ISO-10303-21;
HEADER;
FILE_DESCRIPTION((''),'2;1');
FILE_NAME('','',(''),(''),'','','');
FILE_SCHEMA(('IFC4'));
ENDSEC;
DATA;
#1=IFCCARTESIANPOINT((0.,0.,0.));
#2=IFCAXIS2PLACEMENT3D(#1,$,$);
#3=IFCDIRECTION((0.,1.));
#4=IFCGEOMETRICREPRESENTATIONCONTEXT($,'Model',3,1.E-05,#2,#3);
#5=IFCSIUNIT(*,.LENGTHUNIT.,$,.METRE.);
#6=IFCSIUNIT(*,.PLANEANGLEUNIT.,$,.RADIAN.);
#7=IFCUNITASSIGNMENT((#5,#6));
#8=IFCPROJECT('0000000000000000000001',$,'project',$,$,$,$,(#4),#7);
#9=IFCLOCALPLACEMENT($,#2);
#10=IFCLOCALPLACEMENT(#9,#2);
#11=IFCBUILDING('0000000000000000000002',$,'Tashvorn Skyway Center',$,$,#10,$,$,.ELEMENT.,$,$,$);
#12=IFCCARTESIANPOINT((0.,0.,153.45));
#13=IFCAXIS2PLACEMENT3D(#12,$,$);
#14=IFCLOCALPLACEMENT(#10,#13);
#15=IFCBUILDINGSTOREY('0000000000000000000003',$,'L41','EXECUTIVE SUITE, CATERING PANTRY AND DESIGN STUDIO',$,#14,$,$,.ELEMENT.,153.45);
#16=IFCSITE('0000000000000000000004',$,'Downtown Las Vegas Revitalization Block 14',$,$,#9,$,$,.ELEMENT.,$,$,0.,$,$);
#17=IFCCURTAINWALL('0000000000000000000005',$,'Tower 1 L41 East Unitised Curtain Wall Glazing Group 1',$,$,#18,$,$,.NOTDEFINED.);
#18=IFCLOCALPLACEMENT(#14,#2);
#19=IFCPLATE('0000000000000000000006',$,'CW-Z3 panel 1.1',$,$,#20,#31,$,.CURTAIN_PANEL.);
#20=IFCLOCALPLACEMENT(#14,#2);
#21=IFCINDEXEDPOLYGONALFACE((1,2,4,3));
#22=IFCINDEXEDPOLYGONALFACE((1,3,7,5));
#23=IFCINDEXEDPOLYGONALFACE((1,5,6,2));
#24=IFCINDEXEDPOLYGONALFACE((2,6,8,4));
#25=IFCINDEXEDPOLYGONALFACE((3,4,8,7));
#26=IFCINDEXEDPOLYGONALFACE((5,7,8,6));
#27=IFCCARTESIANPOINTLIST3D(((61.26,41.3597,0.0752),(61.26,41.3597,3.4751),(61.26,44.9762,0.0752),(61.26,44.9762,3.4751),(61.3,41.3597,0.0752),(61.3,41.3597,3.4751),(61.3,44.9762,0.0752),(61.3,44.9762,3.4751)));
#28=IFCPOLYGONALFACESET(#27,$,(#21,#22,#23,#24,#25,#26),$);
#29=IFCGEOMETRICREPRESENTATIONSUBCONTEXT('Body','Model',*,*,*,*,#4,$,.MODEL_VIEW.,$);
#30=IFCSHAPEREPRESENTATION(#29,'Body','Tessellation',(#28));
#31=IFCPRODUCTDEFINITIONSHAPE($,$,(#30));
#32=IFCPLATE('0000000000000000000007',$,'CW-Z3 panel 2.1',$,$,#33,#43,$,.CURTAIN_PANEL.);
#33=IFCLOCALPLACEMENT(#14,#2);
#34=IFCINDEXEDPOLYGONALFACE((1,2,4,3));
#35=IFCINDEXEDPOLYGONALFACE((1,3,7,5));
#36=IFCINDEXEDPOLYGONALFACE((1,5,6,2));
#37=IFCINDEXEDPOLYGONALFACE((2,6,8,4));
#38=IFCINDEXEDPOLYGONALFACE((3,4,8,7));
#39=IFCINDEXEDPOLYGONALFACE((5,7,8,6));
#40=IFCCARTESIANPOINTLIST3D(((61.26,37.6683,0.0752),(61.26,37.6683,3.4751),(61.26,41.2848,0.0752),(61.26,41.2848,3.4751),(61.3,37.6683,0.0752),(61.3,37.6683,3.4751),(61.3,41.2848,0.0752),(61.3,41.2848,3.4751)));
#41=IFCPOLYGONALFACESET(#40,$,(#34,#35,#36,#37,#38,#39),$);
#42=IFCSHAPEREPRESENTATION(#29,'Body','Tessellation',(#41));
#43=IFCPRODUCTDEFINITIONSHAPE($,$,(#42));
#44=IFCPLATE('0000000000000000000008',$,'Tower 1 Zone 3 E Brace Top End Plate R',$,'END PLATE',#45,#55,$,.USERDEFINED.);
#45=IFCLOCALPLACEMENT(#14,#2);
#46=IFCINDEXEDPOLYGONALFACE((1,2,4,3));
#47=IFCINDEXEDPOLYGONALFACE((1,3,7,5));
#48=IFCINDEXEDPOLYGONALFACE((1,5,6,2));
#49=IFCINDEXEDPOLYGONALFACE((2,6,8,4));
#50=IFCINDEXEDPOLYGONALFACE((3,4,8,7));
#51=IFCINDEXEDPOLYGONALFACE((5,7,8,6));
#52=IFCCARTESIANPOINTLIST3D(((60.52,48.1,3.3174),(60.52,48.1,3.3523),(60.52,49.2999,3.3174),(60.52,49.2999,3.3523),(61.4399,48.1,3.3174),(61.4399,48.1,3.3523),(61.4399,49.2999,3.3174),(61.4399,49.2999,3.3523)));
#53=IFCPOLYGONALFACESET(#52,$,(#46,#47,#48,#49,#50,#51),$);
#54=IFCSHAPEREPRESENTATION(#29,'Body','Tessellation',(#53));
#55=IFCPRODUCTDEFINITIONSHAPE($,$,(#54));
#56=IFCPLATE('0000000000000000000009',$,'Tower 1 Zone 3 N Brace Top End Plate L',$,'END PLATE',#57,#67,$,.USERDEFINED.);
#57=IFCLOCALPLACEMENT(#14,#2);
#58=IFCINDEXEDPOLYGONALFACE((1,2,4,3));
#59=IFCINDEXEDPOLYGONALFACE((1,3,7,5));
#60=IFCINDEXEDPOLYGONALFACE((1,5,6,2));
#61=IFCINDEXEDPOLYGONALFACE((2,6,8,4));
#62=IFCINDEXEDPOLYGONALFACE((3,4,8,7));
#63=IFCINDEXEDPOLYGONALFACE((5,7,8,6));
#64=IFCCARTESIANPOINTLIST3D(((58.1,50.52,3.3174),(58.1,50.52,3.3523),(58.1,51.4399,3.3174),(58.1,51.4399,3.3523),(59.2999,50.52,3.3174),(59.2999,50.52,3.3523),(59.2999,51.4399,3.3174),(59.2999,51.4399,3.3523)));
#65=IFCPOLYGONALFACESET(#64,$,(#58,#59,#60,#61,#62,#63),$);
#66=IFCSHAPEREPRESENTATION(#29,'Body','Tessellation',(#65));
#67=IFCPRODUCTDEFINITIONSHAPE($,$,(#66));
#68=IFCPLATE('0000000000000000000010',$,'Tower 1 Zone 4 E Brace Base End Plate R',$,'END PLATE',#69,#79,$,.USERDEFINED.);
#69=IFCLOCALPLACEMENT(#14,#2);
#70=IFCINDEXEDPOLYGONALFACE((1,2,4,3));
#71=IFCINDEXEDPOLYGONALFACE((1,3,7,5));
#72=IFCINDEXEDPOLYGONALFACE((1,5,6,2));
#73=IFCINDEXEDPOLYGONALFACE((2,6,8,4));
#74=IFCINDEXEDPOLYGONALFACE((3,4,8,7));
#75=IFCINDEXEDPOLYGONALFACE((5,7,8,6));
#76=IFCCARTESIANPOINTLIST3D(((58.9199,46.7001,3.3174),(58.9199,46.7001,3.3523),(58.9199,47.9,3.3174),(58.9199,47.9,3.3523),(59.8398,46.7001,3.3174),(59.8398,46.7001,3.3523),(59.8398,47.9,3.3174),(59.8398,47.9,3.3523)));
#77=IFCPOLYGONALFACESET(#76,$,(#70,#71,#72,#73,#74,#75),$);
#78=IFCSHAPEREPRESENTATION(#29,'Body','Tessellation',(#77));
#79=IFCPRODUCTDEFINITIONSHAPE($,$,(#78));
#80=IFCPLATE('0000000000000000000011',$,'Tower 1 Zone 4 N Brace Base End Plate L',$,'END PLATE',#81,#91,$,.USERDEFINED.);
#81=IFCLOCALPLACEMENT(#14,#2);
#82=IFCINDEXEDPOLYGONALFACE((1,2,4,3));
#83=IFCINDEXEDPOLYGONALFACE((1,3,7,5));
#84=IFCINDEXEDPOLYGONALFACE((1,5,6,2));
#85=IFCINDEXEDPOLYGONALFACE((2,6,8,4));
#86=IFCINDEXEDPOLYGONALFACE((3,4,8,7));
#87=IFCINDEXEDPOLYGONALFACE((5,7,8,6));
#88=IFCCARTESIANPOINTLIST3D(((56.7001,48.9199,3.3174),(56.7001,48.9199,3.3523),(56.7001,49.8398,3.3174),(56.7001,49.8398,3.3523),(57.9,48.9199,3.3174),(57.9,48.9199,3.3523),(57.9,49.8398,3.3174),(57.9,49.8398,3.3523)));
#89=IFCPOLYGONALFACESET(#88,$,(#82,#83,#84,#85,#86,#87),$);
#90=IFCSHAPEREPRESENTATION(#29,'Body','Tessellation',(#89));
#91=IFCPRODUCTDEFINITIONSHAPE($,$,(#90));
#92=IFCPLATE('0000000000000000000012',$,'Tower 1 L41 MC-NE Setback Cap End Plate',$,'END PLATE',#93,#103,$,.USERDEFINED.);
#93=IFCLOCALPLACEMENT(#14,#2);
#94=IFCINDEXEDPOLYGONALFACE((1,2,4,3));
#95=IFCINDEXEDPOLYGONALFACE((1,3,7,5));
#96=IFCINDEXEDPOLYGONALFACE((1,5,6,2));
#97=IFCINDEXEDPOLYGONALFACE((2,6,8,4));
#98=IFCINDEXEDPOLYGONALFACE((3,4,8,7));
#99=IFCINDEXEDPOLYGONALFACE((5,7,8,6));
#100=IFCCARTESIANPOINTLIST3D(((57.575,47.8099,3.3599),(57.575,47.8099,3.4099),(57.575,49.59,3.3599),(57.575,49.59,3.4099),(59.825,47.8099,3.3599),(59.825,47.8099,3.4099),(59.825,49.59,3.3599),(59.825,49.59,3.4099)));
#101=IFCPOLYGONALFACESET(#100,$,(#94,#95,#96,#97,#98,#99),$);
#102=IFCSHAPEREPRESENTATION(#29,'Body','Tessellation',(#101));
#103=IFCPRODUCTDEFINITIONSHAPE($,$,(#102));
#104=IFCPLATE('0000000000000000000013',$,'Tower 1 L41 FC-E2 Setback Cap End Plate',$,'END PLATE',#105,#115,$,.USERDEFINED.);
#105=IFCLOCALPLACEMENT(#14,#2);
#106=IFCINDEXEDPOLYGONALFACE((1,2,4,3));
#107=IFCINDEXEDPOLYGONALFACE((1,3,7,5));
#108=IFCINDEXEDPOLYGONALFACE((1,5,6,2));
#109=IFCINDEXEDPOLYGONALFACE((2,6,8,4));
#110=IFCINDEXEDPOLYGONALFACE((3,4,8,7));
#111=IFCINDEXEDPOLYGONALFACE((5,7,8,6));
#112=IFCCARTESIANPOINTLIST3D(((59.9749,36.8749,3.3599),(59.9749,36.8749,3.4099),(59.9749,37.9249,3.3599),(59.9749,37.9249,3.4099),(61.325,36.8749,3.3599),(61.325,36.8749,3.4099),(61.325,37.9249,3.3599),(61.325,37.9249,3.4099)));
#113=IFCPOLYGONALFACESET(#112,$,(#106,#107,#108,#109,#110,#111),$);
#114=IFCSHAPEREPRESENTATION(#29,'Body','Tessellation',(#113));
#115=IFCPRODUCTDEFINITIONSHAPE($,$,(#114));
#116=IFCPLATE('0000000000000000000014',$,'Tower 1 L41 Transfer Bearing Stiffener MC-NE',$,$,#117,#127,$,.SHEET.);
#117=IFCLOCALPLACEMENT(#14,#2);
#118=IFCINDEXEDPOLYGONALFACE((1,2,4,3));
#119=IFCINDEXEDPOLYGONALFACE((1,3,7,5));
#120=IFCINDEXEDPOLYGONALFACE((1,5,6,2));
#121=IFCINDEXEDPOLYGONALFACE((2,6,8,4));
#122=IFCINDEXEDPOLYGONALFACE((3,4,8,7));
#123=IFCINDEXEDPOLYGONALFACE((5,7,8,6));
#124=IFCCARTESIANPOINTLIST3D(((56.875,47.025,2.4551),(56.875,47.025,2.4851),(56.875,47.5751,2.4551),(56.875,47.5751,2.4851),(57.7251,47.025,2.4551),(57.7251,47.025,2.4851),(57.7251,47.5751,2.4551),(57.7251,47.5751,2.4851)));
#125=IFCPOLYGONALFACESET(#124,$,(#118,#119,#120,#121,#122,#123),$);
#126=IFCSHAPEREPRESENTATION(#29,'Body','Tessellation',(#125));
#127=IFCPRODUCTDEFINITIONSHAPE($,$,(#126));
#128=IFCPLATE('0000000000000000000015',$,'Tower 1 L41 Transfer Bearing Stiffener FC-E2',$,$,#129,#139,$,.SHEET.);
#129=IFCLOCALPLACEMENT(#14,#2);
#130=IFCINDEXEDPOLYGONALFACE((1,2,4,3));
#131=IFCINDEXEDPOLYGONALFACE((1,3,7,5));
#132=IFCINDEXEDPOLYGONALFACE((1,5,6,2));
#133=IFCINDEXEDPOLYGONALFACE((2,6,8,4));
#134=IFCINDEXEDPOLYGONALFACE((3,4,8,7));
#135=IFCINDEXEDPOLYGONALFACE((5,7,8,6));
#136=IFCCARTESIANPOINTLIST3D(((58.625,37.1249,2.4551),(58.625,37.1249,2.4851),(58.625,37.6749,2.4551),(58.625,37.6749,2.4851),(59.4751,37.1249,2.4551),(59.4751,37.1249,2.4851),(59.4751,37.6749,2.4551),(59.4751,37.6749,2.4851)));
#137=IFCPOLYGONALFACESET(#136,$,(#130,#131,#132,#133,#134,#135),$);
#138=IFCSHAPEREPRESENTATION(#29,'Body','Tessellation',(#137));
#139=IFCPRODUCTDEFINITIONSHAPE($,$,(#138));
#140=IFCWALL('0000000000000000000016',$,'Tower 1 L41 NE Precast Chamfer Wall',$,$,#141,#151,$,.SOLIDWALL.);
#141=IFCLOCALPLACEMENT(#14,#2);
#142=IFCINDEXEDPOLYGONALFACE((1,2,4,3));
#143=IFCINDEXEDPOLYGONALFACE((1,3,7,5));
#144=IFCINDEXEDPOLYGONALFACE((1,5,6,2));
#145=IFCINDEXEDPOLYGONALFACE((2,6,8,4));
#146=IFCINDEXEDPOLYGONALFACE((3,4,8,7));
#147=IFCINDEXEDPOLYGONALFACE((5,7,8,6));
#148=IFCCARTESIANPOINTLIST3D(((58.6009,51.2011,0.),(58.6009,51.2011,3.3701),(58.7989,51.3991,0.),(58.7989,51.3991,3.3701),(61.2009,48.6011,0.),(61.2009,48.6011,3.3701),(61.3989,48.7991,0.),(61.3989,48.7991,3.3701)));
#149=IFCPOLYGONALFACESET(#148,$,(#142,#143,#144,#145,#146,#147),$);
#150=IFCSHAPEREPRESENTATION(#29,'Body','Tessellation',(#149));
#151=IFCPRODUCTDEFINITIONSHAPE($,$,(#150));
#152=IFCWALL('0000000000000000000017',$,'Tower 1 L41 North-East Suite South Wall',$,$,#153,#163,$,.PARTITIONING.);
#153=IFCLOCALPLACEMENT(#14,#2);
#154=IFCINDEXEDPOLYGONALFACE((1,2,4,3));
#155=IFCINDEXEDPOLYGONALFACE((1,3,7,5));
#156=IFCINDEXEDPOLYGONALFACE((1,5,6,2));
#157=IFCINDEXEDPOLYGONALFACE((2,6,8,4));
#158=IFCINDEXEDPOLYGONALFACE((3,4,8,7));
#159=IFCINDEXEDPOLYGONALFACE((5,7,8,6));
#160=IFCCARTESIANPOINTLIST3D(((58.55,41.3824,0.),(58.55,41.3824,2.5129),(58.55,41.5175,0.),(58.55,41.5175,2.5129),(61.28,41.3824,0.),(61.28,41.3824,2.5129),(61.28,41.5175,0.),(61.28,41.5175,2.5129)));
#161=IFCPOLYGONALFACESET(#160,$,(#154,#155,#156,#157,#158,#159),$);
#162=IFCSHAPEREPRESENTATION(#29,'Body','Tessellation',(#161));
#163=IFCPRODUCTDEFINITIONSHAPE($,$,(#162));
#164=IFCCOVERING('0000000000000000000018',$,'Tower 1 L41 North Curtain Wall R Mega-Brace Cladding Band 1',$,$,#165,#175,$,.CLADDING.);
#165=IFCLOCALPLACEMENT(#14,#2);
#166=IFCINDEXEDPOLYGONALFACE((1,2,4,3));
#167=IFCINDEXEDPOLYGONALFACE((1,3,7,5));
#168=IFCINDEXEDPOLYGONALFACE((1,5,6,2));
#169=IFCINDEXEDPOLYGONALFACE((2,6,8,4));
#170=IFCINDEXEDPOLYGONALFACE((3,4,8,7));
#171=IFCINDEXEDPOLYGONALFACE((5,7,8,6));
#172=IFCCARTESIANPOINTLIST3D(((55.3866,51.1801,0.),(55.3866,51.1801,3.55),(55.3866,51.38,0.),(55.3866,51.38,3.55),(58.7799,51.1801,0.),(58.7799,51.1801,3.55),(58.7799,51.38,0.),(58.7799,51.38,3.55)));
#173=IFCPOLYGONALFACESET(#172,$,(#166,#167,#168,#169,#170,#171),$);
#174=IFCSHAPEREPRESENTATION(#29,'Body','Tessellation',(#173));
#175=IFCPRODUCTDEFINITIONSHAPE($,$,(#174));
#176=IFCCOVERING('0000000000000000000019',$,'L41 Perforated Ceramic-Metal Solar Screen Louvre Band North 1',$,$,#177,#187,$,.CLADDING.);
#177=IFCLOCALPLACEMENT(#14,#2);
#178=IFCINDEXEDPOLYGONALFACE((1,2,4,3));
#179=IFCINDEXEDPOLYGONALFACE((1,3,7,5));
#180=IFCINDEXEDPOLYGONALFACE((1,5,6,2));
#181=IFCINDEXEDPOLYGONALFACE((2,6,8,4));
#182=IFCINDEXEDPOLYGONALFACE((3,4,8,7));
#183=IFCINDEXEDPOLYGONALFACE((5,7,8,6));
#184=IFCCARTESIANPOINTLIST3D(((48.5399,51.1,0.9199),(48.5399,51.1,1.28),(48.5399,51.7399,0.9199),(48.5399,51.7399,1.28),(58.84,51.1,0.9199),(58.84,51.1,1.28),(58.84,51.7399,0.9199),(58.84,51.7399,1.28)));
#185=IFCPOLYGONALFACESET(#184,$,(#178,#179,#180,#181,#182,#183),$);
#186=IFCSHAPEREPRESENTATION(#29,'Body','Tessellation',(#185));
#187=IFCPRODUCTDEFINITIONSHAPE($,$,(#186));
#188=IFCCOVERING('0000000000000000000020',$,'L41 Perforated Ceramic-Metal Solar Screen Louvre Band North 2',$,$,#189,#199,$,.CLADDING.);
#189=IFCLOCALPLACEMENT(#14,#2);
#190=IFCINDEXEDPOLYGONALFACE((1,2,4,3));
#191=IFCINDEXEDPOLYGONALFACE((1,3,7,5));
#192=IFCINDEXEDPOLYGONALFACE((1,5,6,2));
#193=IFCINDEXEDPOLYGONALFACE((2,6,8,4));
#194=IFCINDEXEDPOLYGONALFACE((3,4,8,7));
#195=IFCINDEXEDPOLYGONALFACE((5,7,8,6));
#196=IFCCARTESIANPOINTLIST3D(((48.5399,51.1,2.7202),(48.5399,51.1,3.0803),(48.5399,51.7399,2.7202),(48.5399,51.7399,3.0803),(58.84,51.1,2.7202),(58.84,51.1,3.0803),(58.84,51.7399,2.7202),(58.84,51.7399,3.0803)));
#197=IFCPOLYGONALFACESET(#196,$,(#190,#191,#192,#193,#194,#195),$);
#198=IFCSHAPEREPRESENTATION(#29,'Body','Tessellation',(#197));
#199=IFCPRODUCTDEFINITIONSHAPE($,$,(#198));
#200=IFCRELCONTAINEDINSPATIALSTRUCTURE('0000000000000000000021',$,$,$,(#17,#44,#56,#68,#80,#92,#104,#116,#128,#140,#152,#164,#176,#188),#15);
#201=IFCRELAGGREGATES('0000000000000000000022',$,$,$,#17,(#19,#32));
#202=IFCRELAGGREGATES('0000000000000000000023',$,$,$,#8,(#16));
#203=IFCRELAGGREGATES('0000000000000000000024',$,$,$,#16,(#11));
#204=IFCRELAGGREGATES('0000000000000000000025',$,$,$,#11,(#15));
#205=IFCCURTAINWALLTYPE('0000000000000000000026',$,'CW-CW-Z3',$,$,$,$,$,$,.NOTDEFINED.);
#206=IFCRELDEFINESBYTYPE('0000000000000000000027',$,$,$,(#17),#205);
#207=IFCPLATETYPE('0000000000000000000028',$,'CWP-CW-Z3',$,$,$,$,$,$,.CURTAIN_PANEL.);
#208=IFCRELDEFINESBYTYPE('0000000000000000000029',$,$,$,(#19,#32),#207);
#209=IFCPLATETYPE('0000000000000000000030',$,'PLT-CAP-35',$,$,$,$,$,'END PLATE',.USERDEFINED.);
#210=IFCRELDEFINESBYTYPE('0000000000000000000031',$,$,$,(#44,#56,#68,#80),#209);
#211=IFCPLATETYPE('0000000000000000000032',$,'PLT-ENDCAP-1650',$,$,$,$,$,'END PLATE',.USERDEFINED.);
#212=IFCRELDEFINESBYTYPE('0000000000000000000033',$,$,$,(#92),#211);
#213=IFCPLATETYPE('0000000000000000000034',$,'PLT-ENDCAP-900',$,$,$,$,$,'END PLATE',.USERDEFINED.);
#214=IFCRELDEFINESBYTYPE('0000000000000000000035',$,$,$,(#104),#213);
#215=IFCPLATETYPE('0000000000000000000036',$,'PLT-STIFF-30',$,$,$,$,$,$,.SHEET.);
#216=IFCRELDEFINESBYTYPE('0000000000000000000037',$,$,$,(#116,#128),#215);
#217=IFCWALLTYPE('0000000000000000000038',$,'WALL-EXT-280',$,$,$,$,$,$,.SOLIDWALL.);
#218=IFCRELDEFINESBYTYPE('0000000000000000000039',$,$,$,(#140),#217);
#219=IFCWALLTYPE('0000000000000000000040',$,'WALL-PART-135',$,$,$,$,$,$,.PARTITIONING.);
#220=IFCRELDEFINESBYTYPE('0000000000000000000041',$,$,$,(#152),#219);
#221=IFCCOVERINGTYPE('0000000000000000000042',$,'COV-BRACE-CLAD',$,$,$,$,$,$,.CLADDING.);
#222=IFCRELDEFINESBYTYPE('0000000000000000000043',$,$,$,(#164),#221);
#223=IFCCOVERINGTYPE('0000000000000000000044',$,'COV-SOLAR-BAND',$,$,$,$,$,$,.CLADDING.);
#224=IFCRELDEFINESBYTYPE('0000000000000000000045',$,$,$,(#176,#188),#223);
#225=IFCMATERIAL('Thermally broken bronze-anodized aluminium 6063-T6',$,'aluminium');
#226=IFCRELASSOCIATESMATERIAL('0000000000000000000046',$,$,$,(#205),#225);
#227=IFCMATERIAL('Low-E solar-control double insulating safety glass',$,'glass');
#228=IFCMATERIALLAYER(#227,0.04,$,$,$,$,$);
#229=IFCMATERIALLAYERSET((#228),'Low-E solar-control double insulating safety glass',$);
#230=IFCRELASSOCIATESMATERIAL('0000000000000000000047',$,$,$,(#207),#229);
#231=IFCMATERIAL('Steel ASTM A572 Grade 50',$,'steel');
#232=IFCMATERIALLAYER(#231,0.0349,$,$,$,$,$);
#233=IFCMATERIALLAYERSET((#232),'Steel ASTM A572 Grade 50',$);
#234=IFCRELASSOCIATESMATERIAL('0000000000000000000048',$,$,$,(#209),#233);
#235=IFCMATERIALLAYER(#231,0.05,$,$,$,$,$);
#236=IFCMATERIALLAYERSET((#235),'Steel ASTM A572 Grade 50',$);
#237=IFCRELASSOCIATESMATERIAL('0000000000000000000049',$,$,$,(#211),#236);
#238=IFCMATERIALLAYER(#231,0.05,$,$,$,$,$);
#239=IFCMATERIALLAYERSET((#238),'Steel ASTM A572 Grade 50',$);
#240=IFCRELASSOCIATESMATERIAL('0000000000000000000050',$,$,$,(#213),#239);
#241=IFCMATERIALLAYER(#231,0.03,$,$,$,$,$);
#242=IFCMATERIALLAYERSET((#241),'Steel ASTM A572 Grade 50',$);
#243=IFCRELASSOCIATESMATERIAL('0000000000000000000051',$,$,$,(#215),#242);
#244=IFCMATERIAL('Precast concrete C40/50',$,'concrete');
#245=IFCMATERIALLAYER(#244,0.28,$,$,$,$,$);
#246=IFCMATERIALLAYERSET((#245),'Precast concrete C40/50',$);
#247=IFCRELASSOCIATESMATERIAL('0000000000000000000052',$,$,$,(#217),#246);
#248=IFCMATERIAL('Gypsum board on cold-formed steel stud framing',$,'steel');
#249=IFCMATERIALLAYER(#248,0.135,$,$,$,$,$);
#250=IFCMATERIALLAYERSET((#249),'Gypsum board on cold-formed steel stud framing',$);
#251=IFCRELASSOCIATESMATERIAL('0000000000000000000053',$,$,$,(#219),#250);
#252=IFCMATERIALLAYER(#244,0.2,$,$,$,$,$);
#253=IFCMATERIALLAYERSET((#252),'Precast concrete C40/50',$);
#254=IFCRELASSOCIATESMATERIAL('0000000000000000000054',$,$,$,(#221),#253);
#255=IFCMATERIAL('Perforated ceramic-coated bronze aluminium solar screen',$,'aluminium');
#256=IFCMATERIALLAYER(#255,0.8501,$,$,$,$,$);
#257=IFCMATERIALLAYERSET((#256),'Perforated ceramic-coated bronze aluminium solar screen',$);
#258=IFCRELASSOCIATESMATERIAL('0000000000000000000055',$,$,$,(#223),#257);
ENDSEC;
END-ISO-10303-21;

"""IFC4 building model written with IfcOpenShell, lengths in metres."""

from ifc_helpers import new_model, si_unit, direction, frame, frame_2d, origin, origin_2d, place, context, subcontext, project, spatial, rectangle, extrude, material, layer, layer_set, type_object, element, aggregate, save


model = new_model("IFC4")

# Units and contexts
model_context = context("Model", 3, precision=1e-05, world=origin(), true_north=direction((0.0, 1.0)))
body_context = subcontext(model_context, "Body", "Model", "MODEL_VIEW")
ifc_project = project(units=[si_unit("LENGTHUNIT", "METRE"), si_unit("PLANEANGLEUNIT", "RADIAN")], contexts=[model_context])

# Site, building, storey
site_placement = place(None, origin())
site = spatial("IfcSite", under=ifc_project, at=site_placement, Name="Downtown Las Vegas Revitalization Block 14", CompositionType="ELEMENT", RefElevation=0.0)
building_placement = place(site_placement, origin())
building = spatial("IfcBuilding", under=site, at=building_placement, Name="Tashvorn Skyway Center", CompositionType="ELEMENT")
storey_placement = place(building_placement, frame((0.0, 0.0, 153.45)))
storey = spatial("IfcBuildingStorey", under=building, at=storey_placement, Name="L41", Description="EXECUTIVE SUITE, CATERING PANTRY AND DESIGN STUDIO", CompositionType="ELEMENT", Elevation=153.45)

# Shared definitions
ifc_material_1 = material(Name="Steel ASTM A572 Grade 50", Category="steel")

# Shared definitions
ifc_material_2 = material(Name="Thermally broken bronze-anodized aluminium 6063-T6", Category="aluminium")
curtain_wall_type = type_object("IfcCurtainWallType", Name="CW-CW-Z3", PredefinedType="NOTDEFINED", material=ifc_material_2)

# Curtain wall
curtain_wall_1_placement = place(storey_placement, origin())
curtain_wall_1 = element("IfcCurtainWall", 1, at=curtain_wall_1_placement, inside=storey, type_object=curtain_wall_type, Name="Tower 1 L41 East Unitised Curtain Wall Glazing Group 1", PredefinedType="NOTDEFINED")

# Plates
ifc_material_3 = material(Name="Low-E solar-control double insulating safety glass", Category="glass")
ifc_layer_1 = layer(ifc_material_3, 0.04)
ifc_layer_set_1 = layer_set([ifc_layer_1], Name="Low-E solar-control double insulating safety glass")
plate_type_1 = type_object("IfcPlateType", Name="CWP-CW-Z3", PredefinedType="CURTAIN_PANEL", material=ifc_layer_set_1)
plate_1_placement = place(storey_placement, frame((61.28, 43.168, 0.0752), z_axis=(0.0, 0.0, 1.0), x_axis=(0.0, -1.0, 0.0)))
plate_1 = element("IfcPlate", 2, at=plate_1_placement, type_object=plate_type_1, Name="CW-Z3 panel 1.1", PredefinedType="CURTAIN_PANEL", context=body_context, shape_type="SweptSolid", body=[
    extrude(rectangle(XDim=3.6165, YDim=0.04, at=origin_2d()), origin(), (0.0, 0.0, 1.0), 3.3999),
])
plate_2_placement = place(storey_placement, frame((61.28, 39.4766, 0.0752), z_axis=(0.0, 0.0, 1.0), x_axis=(0.0, -1.0, 0.0)))
plate_2 = element("IfcPlate", 3, at=plate_2_placement, type_object=plate_type_1, Name="CW-Z3 panel 2.1", PredefinedType="CURTAIN_PANEL", context=body_context, shape_type="SweptSolid", body=[
    extrude(rectangle(XDim=3.6165, YDim=0.04, at=origin_2d()), origin(), (0.0, 0.0, 1.0), 3.3999),
])
aggregate(curtain_wall_1, [plate_1, plate_2])

# Plates
ifc_layer_2 = layer(ifc_material_1, 0.0349)
ifc_layer_set_2 = layer_set([ifc_layer_2], Name="Steel ASTM A572 Grade 50")
plate_type_2 = type_object("IfcPlateType", Name="PLT-CAP-35", ElementType="END PLATE", PredefinedType="USERDEFINED", material=ifc_layer_set_2)
for number, where, z_axis, x_axis, name in (
    (4, (60.98, 48.7, 3.3174), (0.0, 0.0, 1.0), (0.0, 1.0, 0.0), "Tower 1 Zone 3 E Brace Top End Plate R"),
    (5, (58.7, 50.98, 3.3174), (0.0, 0.0, 1.0), (-1.0, 0.0, 0.0), "Tower 1 Zone 3 N Brace Top End Plate L"),
    (6, (59.3799, 47.3, 3.3174), (0.0, 0.0, 1.0), (0.0, 1.0, 0.0), "Tower 1 Zone 4 E Brace Base End Plate R"),
    (7, (57.3, 49.3799, 3.3174), (0.0, 0.0, 1.0), (-1.0, 0.0, 0.0), "Tower 1 Zone 4 N Brace Base End Plate L"),
):
    element("IfcPlate", number, at=place(storey_placement, frame(where, z_axis=z_axis, x_axis=x_axis)), inside=storey, type_object=plate_type_2, Name=name, ObjectType="END PLATE", PredefinedType="USERDEFINED", context=body_context, shape_type="SweptSolid", body=[
        extrude(rectangle(XDim=1.2, YDim=0.9199, at=origin_2d()), origin(), (0.0, 0.0, 1.0), 0.0349),
    ])
ifc_layer_3 = layer(ifc_material_1, 0.05)
ifc_layer_set_3 = layer_set([ifc_layer_3], Name="Steel ASTM A572 Grade 50")
plate_type_3 = type_object("IfcPlateType", Name="PLT-ENDCAP-1650", ElementType="END PLATE", PredefinedType="USERDEFINED", material=ifc_layer_set_3)
plate_3_placement = place(storey_placement, frame((58.7, 48.7, 3.3599), z_axis=(0.0, 0.0, 1.0), x_axis=(1.0, 0.0, 0.0)))
element("IfcPlate", 8, at=plate_3_placement, inside=storey, type_object=plate_type_3, Name="Tower 1 L41 MC-NE Setback Cap End Plate", ObjectType="END PLATE", PredefinedType="USERDEFINED", context=body_context, shape_type="SweptSolid", body=[
    extrude(rectangle(XDim=2.25, YDim=1.78, at=origin_2d()), origin(), (0.0, 0.0, 1.0), 0.05),
])
ifc_layer_4 = layer(ifc_material_1, 0.05)
ifc_layer_set_4 = layer_set([ifc_layer_4], Name="Steel ASTM A572 Grade 50")
plate_type_4 = type_object("IfcPlateType", Name="PLT-ENDCAP-900", ElementType="END PLATE", PredefinedType="USERDEFINED", material=ifc_layer_set_4)
plate_4_placement = place(storey_placement, frame((60.6499, 37.3999, 3.3599), z_axis=(0.0, 0.0, 1.0), x_axis=(1.0, 0.0, 0.0)))
element("IfcPlate", 9, at=plate_4_placement, inside=storey, type_object=plate_type_4, Name="Tower 1 L41 FC-E2 Setback Cap End Plate", ObjectType="END PLATE", PredefinedType="USERDEFINED", context=body_context, shape_type="SweptSolid", body=[
    extrude(rectangle(XDim=1.3501, YDim=1.05, at=origin_2d()), origin(), (0.0, 0.0, 1.0), 0.05),
])
ifc_layer_5 = layer(ifc_material_1, 0.03)
ifc_layer_set_5 = layer_set([ifc_layer_5], Name="Steel ASTM A572 Grade 50")
plate_type_5 = type_object("IfcPlateType", Name="PLT-STIFF-30", PredefinedType="SHEET", material=ifc_layer_set_5)
for number, where, z_axis, x_axis, name in (
    (10, (57.3, 47.3, 2.4551), (0.0, 0.0, 1.0), (1.0, 0.0, 0.0), "Tower 1 L41 Transfer Bearing Stiffener MC-NE"),
    (11, (59.05, 37.3999, 2.4551), (0.0, 0.0, 1.0), (1.0, 0.0, 0.0), "Tower 1 L41 Transfer Bearing Stiffener FC-E2"),
):
    element("IfcPlate", number, at=place(storey_placement, frame(where, z_axis=z_axis, x_axis=x_axis)), inside=storey, type_object=plate_type_5, Name=name, PredefinedType="SHEET", context=body_context, shape_type="SweptSolid", body=[
        extrude(rectangle(XDim=0.8501, YDim=0.55, at=origin_2d()), origin(), (0.0, 0.0, 1.0), 0.03),
    ])

# Walls
ifc_material_4 = material(Name="Precast concrete C40/50", Category="concrete")
ifc_layer_6 = layer(ifc_material_4, 0.28)
ifc_layer_set_6 = layer_set([ifc_layer_6], Name="Precast concrete C40/50")
wall_type_1 = type_object("IfcWallType", Name="WALL-EXT-280", PredefinedType="SOLIDWALL", material=ifc_layer_set_6)
wall_1_placement = place(storey_placement, frame((58.7, 51.3, 0.0), z_axis=(0.0, 0.0, 1.0), x_axis=(0.707107, -0.707107, 0.0)))
element("IfcWall", 12, at=wall_1_placement, inside=storey, type_object=wall_type_1, Name="Tower 1 L41 NE Precast Chamfer Wall", PredefinedType="SOLIDWALL", context=body_context, shape_type="SweptSolid", body=[
    extrude(rectangle(XDim=3.677, YDim=0.28, at=frame_2d((1.8384, 0.0))), origin(), (0.0, 0.0, 1.0), 3.3701),
])
ifc_material_5 = material(Name="Gypsum board on cold-formed steel stud framing", Category="steel")
ifc_layer_7 = layer(ifc_material_5, 0.135)
ifc_layer_set_7 = layer_set([ifc_layer_7], Name="Gypsum board on cold-formed steel stud framing")
wall_type_2 = type_object("IfcWallType", Name="WALL-PART-135", PredefinedType="PARTITIONING", material=ifc_layer_set_7)
wall_2_placement = place(storey_placement, frame((58.55, 41.45, 0.0), z_axis=(0.0, 0.0, 1.0), x_axis=(1.0, 0.0, 0.0)))
element("IfcWall", 13, at=wall_2_placement, inside=storey, type_object=wall_type_2, Name="Tower 1 L41 North-East Suite South Wall", PredefinedType="PARTITIONING", context=body_context, shape_type="SweptSolid", body=[
    extrude(rectangle(XDim=2.73, YDim=0.135, at=frame_2d((1.365, 0.0))), origin(), (0.0, 0.0, 1.0), 2.5129),
])

# Coverings
ifc_layer_8 = layer(ifc_material_4, 0.2)
ifc_layer_set_8 = layer_set([ifc_layer_8], Name="Precast concrete C40/50")
covering_type_1 = type_object("IfcCoveringType", Name="COV-BRACE-CLAD", PredefinedType="CLADDING", material=ifc_layer_set_8)
covering_1_placement = place(storey_placement, frame((57.0833, 51.28, 0.0), z_axis=(0.0, 0.0, 1.0), x_axis=(1.0, 0.0, 0.0)))
element("IfcCovering", 14, at=covering_1_placement, inside=storey, type_object=covering_type_1, Name="Tower 1 L41 North Curtain Wall R Mega-Brace Cladding Band 1", PredefinedType="CLADDING", context=body_context, shape_type="SweptSolid", body=[
    extrude(rectangle(XDim=3.3933, YDim=0.2, at=origin_2d()), origin(), (0.0, 0.0, 1.0), 3.55),
])
ifc_material_6 = material(Name="Perforated ceramic-coated bronze aluminium solar screen", Category="aluminium")
ifc_layer_9 = layer(ifc_material_6, 0.8501)
ifc_layer_set_9 = layer_set([ifc_layer_9], Name="Perforated ceramic-coated bronze aluminium solar screen")
covering_type_2 = type_object("IfcCoveringType", Name="COV-SOLAR-BAND", PredefinedType="CLADDING", material=ifc_layer_set_9)
for number, where, z_axis, x_axis, name in (
    (15, (53.6899, 51.4199, 0.9199), (0.0, 0.0, 1.0), (1.0, 0.0, 0.0), "L41 Perforated Ceramic-Metal Solar Screen Louvre Band North 1"),
    (16, (53.6899, 51.4199, 2.7202), (0.0, 0.0, 1.0), (1.0, 0.0, 0.0), "L41 Perforated Ceramic-Metal Solar Screen Louvre Band North 2"),
):
    element("IfcCovering", number, at=place(storey_placement, frame(where, z_axis=z_axis, x_axis=x_axis)), inside=storey, type_object=covering_type_2, Name=name, PredefinedType="CLADDING", context=body_context, shape_type="SweptSolid", body=[
        extrude(rectangle(XDim=10.3, YDim=0.6399, at=origin_2d()), origin(), (0.0, 0.0, 1.0), 0.3601),
    ])

save(model, "model.ifc")
